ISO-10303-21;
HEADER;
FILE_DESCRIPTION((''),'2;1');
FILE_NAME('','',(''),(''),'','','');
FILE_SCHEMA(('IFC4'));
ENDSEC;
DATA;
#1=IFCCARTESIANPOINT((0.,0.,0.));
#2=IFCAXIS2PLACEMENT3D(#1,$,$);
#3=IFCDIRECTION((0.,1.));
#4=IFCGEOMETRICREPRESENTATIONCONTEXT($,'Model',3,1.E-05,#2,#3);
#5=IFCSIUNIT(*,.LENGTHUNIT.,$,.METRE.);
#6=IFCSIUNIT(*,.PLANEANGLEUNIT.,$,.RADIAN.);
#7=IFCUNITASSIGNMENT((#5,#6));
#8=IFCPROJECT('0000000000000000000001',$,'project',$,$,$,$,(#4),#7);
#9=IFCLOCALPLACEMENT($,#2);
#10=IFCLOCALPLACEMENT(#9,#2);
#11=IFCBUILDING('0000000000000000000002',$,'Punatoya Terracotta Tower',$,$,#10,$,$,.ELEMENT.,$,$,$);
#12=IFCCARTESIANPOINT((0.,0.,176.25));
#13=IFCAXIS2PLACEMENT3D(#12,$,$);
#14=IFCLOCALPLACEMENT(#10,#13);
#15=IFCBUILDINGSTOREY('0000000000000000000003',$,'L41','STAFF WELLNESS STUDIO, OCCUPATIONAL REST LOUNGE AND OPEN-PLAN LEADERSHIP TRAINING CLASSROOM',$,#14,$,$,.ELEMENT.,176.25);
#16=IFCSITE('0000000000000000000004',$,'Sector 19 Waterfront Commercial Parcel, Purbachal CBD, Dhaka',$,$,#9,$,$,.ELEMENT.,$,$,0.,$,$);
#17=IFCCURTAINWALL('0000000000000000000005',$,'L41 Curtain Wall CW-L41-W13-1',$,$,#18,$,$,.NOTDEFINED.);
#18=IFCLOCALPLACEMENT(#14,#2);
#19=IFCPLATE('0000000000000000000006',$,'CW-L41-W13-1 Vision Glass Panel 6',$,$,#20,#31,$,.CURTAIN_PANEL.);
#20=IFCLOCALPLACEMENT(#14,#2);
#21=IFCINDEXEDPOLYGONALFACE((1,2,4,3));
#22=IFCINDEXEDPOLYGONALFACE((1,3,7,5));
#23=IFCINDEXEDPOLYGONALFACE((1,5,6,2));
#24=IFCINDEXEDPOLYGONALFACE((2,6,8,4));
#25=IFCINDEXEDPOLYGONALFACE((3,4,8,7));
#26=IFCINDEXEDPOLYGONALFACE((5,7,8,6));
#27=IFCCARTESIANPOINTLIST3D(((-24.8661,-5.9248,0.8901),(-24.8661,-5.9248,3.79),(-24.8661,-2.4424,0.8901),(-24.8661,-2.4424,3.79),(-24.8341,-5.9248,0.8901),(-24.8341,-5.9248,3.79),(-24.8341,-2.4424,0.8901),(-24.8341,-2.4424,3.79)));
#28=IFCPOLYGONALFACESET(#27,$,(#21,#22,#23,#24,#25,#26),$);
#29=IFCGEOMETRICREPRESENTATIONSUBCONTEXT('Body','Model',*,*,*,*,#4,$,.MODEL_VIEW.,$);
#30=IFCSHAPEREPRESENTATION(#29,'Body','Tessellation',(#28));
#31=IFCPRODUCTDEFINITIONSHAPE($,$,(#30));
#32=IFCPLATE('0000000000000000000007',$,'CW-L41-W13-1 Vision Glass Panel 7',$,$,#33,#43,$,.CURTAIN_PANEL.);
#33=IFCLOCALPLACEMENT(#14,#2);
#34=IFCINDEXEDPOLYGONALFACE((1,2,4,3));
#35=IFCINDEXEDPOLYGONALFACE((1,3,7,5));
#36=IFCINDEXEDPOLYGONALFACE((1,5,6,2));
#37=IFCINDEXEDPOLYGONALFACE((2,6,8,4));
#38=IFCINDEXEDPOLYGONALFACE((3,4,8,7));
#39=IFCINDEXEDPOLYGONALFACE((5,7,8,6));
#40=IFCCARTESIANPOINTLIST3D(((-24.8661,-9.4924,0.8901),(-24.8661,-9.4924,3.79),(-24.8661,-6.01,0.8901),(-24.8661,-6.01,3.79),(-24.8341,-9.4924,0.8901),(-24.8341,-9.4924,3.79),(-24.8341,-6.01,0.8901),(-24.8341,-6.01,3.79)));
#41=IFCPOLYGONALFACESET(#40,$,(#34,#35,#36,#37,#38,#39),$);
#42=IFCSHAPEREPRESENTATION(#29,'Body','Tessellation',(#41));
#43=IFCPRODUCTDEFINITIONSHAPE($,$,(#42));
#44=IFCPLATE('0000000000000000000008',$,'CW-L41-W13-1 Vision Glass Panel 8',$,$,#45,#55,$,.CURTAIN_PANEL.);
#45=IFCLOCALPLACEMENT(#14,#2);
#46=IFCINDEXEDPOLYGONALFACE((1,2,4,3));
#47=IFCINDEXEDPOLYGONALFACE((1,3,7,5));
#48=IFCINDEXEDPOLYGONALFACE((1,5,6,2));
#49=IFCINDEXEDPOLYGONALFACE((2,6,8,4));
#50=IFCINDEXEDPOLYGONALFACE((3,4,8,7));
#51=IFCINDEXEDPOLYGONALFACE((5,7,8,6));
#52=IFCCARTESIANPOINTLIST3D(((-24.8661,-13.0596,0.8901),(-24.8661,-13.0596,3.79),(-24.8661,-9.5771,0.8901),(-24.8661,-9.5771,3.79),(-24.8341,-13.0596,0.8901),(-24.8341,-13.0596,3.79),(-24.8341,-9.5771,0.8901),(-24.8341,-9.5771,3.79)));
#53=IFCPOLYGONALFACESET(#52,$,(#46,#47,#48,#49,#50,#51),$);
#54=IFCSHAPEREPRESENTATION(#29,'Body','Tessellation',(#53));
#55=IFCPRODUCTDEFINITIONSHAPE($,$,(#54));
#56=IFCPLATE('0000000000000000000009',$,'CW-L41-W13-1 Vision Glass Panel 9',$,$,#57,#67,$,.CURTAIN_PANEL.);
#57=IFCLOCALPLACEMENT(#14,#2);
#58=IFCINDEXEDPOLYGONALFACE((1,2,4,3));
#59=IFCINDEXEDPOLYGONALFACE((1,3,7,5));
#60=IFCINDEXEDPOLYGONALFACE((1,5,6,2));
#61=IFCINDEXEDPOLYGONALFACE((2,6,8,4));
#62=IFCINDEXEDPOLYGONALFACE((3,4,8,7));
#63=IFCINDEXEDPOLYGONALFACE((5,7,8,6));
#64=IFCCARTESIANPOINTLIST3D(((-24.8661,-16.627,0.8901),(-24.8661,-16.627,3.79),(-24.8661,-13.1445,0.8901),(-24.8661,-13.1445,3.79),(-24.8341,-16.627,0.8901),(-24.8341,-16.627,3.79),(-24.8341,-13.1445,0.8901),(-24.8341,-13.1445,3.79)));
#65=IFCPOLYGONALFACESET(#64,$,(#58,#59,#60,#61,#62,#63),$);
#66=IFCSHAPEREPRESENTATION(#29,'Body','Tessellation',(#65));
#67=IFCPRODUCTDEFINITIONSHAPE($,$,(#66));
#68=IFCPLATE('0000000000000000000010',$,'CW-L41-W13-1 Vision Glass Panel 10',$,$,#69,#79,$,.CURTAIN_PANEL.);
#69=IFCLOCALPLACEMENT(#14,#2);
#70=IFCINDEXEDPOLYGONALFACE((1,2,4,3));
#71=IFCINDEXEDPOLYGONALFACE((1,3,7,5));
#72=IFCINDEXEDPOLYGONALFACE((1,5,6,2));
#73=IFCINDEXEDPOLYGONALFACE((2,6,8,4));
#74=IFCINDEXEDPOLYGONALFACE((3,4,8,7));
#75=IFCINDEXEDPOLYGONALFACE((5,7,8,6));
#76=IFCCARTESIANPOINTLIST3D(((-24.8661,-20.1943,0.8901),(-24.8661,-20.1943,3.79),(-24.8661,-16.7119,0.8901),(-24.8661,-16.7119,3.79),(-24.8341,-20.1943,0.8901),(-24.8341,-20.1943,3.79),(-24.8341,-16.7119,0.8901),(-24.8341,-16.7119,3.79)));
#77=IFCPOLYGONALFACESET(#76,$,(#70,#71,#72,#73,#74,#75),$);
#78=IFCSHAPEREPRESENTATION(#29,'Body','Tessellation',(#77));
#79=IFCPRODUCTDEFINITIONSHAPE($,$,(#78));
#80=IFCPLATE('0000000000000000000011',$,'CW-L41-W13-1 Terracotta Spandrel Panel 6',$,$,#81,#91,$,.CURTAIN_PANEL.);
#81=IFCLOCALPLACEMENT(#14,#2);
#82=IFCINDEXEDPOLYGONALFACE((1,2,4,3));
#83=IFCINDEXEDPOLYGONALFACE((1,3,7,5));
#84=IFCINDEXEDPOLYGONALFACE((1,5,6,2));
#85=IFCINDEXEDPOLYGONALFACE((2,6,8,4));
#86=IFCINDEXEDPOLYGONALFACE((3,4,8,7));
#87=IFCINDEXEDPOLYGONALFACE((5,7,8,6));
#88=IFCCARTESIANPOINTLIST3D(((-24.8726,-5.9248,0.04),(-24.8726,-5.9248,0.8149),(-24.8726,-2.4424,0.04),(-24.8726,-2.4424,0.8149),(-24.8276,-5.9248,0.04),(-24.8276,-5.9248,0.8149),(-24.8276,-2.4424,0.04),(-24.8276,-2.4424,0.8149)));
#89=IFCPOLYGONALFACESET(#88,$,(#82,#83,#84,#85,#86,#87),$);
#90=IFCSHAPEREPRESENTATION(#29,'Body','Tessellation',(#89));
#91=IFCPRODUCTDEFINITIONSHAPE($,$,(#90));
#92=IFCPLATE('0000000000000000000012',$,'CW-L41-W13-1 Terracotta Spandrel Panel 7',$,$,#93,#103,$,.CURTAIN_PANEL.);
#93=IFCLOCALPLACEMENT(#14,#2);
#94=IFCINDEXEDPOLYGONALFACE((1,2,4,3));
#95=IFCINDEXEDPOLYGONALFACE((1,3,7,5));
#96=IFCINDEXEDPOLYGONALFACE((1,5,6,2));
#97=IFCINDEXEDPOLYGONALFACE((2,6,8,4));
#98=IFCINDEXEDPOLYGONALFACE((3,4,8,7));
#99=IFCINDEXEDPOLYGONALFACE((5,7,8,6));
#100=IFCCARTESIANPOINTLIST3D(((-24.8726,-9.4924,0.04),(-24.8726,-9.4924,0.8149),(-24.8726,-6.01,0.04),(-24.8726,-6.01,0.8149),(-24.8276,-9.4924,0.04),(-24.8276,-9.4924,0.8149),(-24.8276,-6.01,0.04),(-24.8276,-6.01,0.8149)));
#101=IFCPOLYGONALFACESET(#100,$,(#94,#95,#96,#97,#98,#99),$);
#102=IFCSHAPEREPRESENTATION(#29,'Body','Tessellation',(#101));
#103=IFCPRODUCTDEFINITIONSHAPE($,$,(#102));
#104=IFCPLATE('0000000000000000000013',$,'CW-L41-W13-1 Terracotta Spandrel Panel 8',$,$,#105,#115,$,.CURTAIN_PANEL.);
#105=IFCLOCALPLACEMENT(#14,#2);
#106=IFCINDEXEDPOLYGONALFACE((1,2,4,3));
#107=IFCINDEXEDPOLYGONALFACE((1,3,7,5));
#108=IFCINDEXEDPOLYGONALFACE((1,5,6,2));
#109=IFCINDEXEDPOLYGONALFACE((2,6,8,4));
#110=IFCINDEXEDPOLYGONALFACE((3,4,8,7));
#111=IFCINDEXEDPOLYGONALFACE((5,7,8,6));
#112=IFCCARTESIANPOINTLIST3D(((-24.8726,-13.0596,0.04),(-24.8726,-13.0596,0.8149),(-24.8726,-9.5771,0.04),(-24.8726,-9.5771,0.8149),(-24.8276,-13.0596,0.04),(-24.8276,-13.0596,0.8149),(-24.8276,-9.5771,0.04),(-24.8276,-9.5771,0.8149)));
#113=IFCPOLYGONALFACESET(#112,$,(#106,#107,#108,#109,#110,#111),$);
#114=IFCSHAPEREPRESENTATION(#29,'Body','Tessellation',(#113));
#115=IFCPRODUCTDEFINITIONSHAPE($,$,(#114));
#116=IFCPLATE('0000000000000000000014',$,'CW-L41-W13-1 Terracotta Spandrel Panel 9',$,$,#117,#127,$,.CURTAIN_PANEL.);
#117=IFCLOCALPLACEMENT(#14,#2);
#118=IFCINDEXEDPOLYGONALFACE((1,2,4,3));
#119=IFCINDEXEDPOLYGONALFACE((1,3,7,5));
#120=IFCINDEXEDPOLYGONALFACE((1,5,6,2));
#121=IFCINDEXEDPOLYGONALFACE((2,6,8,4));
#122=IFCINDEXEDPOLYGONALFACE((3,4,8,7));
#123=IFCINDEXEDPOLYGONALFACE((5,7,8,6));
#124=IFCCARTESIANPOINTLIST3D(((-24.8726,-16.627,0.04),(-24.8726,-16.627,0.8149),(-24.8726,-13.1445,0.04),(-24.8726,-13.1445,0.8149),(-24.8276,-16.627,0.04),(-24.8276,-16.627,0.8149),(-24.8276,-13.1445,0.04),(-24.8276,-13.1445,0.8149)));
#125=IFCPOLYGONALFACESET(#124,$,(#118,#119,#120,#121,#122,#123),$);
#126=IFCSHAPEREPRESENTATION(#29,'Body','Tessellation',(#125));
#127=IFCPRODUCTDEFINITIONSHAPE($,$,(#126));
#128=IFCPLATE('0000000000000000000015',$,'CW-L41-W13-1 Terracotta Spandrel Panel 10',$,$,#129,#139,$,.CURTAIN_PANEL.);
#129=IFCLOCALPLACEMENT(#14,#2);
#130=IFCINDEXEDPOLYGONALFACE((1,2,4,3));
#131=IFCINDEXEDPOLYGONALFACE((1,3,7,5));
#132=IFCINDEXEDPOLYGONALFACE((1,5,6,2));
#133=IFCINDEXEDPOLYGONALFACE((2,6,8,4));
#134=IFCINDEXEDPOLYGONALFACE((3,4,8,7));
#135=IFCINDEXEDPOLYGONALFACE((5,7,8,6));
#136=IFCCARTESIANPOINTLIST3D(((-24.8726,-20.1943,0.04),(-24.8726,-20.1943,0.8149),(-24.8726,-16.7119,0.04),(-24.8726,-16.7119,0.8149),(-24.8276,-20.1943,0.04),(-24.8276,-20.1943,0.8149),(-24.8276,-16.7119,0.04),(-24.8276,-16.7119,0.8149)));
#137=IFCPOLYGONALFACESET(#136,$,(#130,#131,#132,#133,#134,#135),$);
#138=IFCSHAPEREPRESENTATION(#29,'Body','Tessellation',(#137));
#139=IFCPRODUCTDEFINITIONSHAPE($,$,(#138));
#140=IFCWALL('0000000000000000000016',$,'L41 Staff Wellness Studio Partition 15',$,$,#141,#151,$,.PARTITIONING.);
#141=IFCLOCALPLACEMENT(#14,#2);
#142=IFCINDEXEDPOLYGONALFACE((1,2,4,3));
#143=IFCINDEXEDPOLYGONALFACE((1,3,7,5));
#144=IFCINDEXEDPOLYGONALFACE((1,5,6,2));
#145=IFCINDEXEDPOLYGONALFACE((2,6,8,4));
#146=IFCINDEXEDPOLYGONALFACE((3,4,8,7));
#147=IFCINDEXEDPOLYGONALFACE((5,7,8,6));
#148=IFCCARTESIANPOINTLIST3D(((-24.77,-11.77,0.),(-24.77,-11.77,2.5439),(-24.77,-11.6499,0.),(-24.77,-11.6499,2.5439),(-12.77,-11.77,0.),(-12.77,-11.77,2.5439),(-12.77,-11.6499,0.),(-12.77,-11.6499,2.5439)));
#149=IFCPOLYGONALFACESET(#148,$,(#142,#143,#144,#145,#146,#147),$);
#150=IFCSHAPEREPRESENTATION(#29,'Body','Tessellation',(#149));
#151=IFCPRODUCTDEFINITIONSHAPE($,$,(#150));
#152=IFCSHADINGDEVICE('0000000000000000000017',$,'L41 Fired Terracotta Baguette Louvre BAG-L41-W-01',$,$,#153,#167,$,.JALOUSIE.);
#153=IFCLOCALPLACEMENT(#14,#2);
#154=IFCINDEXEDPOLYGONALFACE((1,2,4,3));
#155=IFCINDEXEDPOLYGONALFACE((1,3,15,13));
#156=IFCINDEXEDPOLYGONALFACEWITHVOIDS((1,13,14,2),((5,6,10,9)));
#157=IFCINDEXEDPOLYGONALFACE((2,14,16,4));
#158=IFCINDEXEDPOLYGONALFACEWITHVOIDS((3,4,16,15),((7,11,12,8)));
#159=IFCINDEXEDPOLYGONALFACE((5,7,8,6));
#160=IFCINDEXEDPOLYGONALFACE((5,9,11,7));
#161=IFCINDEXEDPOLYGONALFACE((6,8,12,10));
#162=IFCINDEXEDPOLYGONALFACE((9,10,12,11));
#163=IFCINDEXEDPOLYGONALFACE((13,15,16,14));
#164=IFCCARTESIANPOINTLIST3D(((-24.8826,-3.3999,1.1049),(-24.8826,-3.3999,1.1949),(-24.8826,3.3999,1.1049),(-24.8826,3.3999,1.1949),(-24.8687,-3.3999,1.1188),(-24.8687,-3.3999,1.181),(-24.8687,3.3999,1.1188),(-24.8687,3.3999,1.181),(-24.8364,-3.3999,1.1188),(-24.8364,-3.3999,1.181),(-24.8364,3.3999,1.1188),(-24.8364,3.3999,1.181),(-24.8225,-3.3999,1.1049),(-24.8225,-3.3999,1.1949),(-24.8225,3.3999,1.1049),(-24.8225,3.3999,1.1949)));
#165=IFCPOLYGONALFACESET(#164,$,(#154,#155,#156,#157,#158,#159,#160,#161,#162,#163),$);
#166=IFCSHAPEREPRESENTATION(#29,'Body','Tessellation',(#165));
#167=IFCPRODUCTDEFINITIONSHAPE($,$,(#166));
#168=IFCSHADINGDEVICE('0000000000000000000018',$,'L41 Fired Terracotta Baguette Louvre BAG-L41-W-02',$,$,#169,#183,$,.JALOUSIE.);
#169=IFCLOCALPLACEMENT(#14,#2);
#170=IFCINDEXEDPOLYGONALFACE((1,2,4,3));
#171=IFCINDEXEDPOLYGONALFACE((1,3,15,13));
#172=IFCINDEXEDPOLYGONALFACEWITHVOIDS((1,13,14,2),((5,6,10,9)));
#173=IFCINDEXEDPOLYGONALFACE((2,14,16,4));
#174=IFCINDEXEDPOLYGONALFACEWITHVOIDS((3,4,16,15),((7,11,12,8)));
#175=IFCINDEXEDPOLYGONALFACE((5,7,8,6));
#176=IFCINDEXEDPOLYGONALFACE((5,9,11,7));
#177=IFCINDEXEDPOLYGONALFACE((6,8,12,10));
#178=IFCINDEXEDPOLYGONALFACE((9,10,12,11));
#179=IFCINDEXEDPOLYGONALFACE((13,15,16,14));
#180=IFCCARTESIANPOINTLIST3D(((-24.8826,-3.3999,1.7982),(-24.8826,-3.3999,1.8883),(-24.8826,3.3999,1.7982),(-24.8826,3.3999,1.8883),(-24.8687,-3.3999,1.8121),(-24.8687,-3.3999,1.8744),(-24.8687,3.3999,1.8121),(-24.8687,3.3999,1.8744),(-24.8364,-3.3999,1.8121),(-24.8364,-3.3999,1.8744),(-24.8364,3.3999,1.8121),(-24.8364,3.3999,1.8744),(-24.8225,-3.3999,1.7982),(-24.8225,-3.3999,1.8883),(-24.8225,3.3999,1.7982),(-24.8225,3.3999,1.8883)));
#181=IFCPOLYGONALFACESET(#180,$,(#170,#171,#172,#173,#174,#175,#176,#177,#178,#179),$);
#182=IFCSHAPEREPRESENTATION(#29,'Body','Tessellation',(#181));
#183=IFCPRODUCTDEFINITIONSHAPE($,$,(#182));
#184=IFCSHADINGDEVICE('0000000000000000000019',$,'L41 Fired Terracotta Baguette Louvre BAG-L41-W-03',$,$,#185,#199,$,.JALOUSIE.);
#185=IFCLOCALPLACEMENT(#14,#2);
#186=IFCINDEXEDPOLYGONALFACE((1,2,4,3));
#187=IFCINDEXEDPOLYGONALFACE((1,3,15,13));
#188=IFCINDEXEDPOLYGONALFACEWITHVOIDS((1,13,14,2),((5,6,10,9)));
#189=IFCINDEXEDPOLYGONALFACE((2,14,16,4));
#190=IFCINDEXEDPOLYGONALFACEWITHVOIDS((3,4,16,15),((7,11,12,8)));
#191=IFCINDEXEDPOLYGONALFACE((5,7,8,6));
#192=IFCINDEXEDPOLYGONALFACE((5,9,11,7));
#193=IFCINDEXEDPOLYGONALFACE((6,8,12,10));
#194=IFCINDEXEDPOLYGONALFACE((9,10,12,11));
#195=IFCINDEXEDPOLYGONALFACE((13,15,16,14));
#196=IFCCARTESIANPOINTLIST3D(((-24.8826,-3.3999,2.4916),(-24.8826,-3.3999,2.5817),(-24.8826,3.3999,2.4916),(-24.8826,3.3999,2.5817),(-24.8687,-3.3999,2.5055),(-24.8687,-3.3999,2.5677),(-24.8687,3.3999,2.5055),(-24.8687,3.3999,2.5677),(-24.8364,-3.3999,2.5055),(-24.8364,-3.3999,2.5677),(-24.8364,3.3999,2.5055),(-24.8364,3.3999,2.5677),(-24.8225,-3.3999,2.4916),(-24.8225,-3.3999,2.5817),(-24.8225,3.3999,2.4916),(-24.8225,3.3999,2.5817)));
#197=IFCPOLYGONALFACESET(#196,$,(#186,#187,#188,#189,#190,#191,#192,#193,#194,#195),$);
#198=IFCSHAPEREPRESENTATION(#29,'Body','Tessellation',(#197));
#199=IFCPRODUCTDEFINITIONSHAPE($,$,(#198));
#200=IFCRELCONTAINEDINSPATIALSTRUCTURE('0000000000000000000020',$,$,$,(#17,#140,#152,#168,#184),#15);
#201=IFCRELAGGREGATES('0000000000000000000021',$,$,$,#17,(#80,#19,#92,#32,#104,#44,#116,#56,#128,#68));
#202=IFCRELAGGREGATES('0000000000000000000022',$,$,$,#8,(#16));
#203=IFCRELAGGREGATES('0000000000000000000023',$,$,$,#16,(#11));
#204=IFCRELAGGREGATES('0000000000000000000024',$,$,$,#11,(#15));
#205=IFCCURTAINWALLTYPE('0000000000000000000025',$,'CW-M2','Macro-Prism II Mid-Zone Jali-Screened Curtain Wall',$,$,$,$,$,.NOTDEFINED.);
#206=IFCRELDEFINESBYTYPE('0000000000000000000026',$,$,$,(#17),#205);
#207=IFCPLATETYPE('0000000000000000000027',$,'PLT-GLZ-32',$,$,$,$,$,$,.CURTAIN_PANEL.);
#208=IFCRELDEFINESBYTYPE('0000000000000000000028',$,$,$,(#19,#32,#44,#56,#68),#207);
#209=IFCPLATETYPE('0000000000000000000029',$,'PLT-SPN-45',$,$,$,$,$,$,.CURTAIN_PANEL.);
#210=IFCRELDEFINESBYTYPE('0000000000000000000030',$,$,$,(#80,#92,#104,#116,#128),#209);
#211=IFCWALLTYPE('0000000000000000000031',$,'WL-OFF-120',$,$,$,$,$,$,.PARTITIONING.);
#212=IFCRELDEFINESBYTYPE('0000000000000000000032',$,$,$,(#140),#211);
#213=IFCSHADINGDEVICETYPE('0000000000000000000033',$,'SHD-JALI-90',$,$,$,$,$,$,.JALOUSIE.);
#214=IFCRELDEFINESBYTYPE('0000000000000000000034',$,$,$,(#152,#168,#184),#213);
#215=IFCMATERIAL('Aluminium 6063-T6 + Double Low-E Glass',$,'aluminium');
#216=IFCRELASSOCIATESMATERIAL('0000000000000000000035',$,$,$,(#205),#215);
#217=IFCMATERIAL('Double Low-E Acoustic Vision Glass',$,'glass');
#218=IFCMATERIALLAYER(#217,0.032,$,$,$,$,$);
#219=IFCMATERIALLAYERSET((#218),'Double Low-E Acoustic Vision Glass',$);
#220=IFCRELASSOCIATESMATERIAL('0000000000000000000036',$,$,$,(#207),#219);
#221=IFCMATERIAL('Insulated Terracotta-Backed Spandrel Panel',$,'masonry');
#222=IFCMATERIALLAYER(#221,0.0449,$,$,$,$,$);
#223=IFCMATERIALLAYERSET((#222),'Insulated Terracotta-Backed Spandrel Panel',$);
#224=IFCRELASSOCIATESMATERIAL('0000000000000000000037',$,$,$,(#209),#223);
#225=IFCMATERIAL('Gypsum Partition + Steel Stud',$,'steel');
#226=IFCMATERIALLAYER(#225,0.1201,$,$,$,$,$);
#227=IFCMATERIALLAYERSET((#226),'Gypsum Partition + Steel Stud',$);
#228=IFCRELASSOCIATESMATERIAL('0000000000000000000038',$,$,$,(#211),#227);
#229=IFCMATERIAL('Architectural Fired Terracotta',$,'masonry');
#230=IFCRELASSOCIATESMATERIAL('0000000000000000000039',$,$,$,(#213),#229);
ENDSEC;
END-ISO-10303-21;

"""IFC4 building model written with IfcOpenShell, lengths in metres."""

from ifc_helpers import new_model, si_unit, direction, frame, frame_2d, origin, origin_2d, place, context, subcontext, project, spatial, rectangle, hollow_rectangle, extrude, material, layer, layer_set, material_profile, profile_set, type_object, element, aggregate, save


model = new_model("IFC4")

# Units and contexts
model_context = context("Model", 3, precision=1e-05, world=origin(), true_north=direction((0.0, 1.0)))
body_context = subcontext(model_context, "Body", "Model", "MODEL_VIEW")
ifc_project = project(units=[si_unit("LENGTHUNIT", "METRE"), si_unit("PLANEANGLEUNIT", "RADIAN")], contexts=[model_context])

# Site, building, storey
site_placement = place(None, origin())
site = spatial("IfcSite", under=ifc_project, at=site_placement, Name="Sector 19 Waterfront Commercial Parcel, Purbachal CBD, Dhaka", CompositionType="ELEMENT", RefElevation=0.0)
building_placement = place(site_placement, origin())
building = spatial("IfcBuilding", under=site, at=building_placement, Name="Punatoya Terracotta Tower", CompositionType="ELEMENT")
storey_placement = place(building_placement, frame((0.0, 0.0, 176.25)))
storey = spatial("IfcBuildingStorey", under=building, at=storey_placement, Name="L41", Description="STAFF WELLNESS STUDIO, OCCUPATIONAL REST LOUNGE AND OPEN-PLAN LEADERSHIP TRAINING CLASSROOM", CompositionType="ELEMENT", Elevation=176.25)

# Curtain wall, plates
ifc_material_1 = material(Name="Aluminium 6063-T6 + Double Low-E Glass", Category="aluminium")
curtain_wall_type = type_object("IfcCurtainWallType", Name="CW-M2", Description="Macro-Prism II Mid-Zone Jali-Screened Curtain Wall", PredefinedType="NOTDEFINED", material=ifc_material_1)
curtain_wall_placement = place(storey_placement, origin())
curtain_wall = element("IfcCurtainWall", 1, at=curtain_wall_placement, inside=storey, type_object=curtain_wall_type, Name="L41 Curtain Wall CW-L41-W13-1", PredefinedType="NOTDEFINED")
ifc_material_2 = material(Name="Double Low-E Acoustic Vision Glass", Category="glass")
ifc_layer_1 = layer(ifc_material_2, 0.032)
ifc_layer_set_1 = layer_set([ifc_layer_1], Name="Double Low-E Acoustic Vision Glass")
plate_type_1 = type_object("IfcPlateType", Name="PLT-GLZ-32", PredefinedType="CURTAIN_PANEL", material=ifc_layer_set_1)
plate_1_placement = place(storey_placement, frame((-24.8501, -4.1836, 0.8901), z_axis=(0.0, 0.0, 1.0), x_axis=(0.0, -1.0, 0.0)))
plate_1 = element("IfcPlate", 2, at=plate_1_placement, type_object=plate_type_1, Name="CW-L41-W13-1 Vision Glass Panel 6", PredefinedType="CURTAIN_PANEL", context=body_context, shape_type="SweptSolid", body=[
    extrude(rectangle(XDim=3.4824, YDim=0.032, at=origin_2d()), origin(), (0.0, 0.0, 1.0), 2.8999),
])
plate_2_placement = place(storey_placement, frame((-24.8501, -7.7512, 0.8901), z_axis=(0.0, 0.0, 1.0), x_axis=(0.0, -1.0, 0.0)))
plate_2 = element("IfcPlate", 3, at=plate_2_placement, type_object=plate_type_1, Name="CW-L41-W13-1 Vision Glass Panel 7", PredefinedType="CURTAIN_PANEL", context=body_context, shape_type="SweptSolid", body=[
    extrude(rectangle(XDim=3.4824, YDim=0.032, at=origin_2d()), origin(), (0.0, 0.0, 1.0), 2.8999),
])
plate_3_placement = place(storey_placement, frame((-24.8501, -11.3184, 0.8901), z_axis=(0.0, 0.0, 1.0), x_axis=(0.0, -1.0, 0.0)))
plate_3 = element("IfcPlate", 4, at=plate_3_placement, type_object=plate_type_1, Name="CW-L41-W13-1 Vision Glass Panel 8", PredefinedType="CURTAIN_PANEL", context=body_context, shape_type="SweptSolid", body=[
    extrude(rectangle(XDim=3.4824, YDim=0.032, at=origin_2d()), origin(), (0.0, 0.0, 1.0), 2.8999),
])
plate_4_placement = place(storey_placement, frame((-24.8501, -14.8857, 0.8901), z_axis=(0.0, 0.0, 1.0), x_axis=(0.0, -1.0, 0.0)))
plate_4 = element("IfcPlate", 5, at=plate_4_placement, type_object=plate_type_1, Name="CW-L41-W13-1 Vision Glass Panel 9", PredefinedType="CURTAIN_PANEL", context=body_context, shape_type="SweptSolid", body=[
    extrude(rectangle(XDim=3.4824, YDim=0.032, at=origin_2d()), origin(), (0.0, 0.0, 1.0), 2.8999),
])
plate_5_placement = place(storey_placement, frame((-24.8501, -18.4531, 0.8901), z_axis=(0.0, 0.0, 1.0), x_axis=(0.0, -1.0, 0.0)))
plate_5 = element("IfcPlate", 6, at=plate_5_placement, type_object=plate_type_1, Name="CW-L41-W13-1 Vision Glass Panel 10", PredefinedType="CURTAIN_PANEL", context=body_context, shape_type="SweptSolid", body=[
    extrude(rectangle(XDim=3.4824, YDim=0.032, at=origin_2d()), origin(), (0.0, 0.0, 1.0), 2.8999),
])
ifc_material_3 = material(Name="Insulated Terracotta-Backed Spandrel Panel", Category="masonry")
ifc_layer_2 = layer(ifc_material_3, 0.0449)
ifc_layer_set_2 = layer_set([ifc_layer_2], Name="Insulated Terracotta-Backed Spandrel Panel")
plate_type_2 = type_object("IfcPlateType", Name="PLT-SPN-45", PredefinedType="CURTAIN_PANEL", material=ifc_layer_set_2)
plate_6_placement = place(storey_placement, frame((-24.8501, -4.1836, 0.04), z_axis=(0.0, 0.0, 1.0), x_axis=(0.0, -1.0, 0.0)))
plate_6 = element("IfcPlate", 7, at=plate_6_placement, type_object=plate_type_2, Name="CW-L41-W13-1 Terracotta Spandrel Panel 6", PredefinedType="CURTAIN_PANEL", context=body_context, shape_type="SweptSolid", body=[
    extrude(rectangle(XDim=3.4824, YDim=0.0449, at=origin_2d()), origin(), (0.0, 0.0, 1.0), 0.7749),
])
plate_7_placement = place(storey_placement, frame((-24.8501, -7.7512, 0.04), z_axis=(0.0, 0.0, 1.0), x_axis=(0.0, -1.0, 0.0)))
plate_7 = element("IfcPlate", 8, at=plate_7_placement, type_object=plate_type_2, Name="CW-L41-W13-1 Terracotta Spandrel Panel 7", PredefinedType="CURTAIN_PANEL", context=body_context, shape_type="SweptSolid", body=[
    extrude(rectangle(XDim=3.4824, YDim=0.0449, at=origin_2d()), origin(), (0.0, 0.0, 1.0), 0.7749),
])
plate_8_placement = place(storey_placement, frame((-24.8501, -11.3184, 0.04), z_axis=(0.0, 0.0, 1.0), x_axis=(0.0, -1.0, 0.0)))
plate_8 = element("IfcPlate", 9, at=plate_8_placement, type_object=plate_type_2, Name="CW-L41-W13-1 Terracotta Spandrel Panel 8", PredefinedType="CURTAIN_PANEL", context=body_context, shape_type="SweptSolid", body=[
    extrude(rectangle(XDim=3.4824, YDim=0.0449, at=origin_2d()), origin(), (0.0, 0.0, 1.0), 0.7749),
])
plate_9_placement = place(storey_placement, frame((-24.8501, -14.8857, 0.04), z_axis=(0.0, 0.0, 1.0), x_axis=(0.0, -1.0, 0.0)))
plate_9 = element("IfcPlate", 10, at=plate_9_placement, type_object=plate_type_2, Name="CW-L41-W13-1 Terracotta Spandrel Panel 9", PredefinedType="CURTAIN_PANEL", context=body_context, shape_type="SweptSolid", body=[
    extrude(rectangle(XDim=3.4824, YDim=0.0449, at=origin_2d()), origin(), (0.0, 0.0, 1.0), 0.7749),
])
plate_10_placement = place(storey_placement, frame((-24.8501, -18.4531, 0.04), z_axis=(0.0, 0.0, 1.0), x_axis=(0.0, -1.0, 0.0)))
plate_10 = element("IfcPlate", 11, at=plate_10_placement, type_object=plate_type_2, Name="CW-L41-W13-1 Terracotta Spandrel Panel 10", PredefinedType="CURTAIN_PANEL", context=body_context, shape_type="SweptSolid", body=[
    extrude(rectangle(XDim=3.4824, YDim=0.0449, at=origin_2d()), origin(), (0.0, 0.0, 1.0), 0.7749),
])
aggregate(curtain_wall, [plate_6, plate_1, plate_7, plate_2, plate_8, plate_3, plate_9, plate_4, plate_10, plate_5])

# Wall
ifc_material_4 = material(Name="Gypsum Partition + Steel Stud", Category="steel")
ifc_layer_3 = layer(ifc_material_4, 0.1201)
ifc_layer_set_3 = layer_set([ifc_layer_3], Name="Gypsum Partition + Steel Stud")
wall_type = type_object("IfcWallType", Name="WL-OFF-120", PredefinedType="PARTITIONING", material=ifc_layer_set_3)
wall_placement = place(storey_placement, frame((-24.77, -11.71, 0.0), z_axis=(0.0, 0.0, 1.0), x_axis=(1.0, 0.0, 0.0)))
element("IfcWall", 12, at=wall_placement, inside=storey, type_object=wall_type, Name="L41 Staff Wellness Studio Partition 15", PredefinedType="PARTITIONING", context=body_context, shape_type="SweptSolid", body=[
    extrude(rectangle(XDim=12.0, YDim=0.1201, at=frame_2d((6.0, 0.0))), origin(), (0.0, 0.0, 1.0), 2.5439),
])

# Shading devices
ifc_material_5 = material(Name="Architectural Fired Terracotta", Category="masonry")
ifc_material_profile_1 = material_profile(ifc_material_5, hollow_rectangle(XDim=0.0601, YDim=0.0901, WallThickness=0.0139, at=origin_2d()))
ifc_profile_set_1 = profile_set([ifc_material_profile_1], Name="Architectural Fired Terracotta")
shading_device_type = type_object("IfcShadingDeviceType", Name="SHD-JALI-90", PredefinedType="JALOUSIE", material=ifc_profile_set_1)
for number, where, z_axis, x_axis, name in (
    (13, (-24.8525, -3.3999, 1.1499), (0.0, 1.0, 0.0), (-1.0, 0.0, 0.0), "L41 Fired Terracotta Baguette Louvre BAG-L41-W-01"),
    (14, (-24.8525, -3.3999, 1.8433), (0.0, 1.0, 0.0), (-1.0, 0.0, 0.0), "L41 Fired Terracotta Baguette Louvre BAG-L41-W-02"),
    (15, (-24.8525, -3.3999, 2.5366), (0.0, 1.0, 0.0), (-1.0, 0.0, 0.0), "L41 Fired Terracotta Baguette Louvre BAG-L41-W-03"),
):
    element("IfcShadingDevice", number, at=place(storey_placement, frame(where, z_axis=z_axis, x_axis=x_axis)), inside=storey, type_object=shading_device_type, Name=name, PredefinedType="JALOUSIE", context=body_context, shape_type="SweptSolid", body=[
        extrude(hollow_rectangle(XDim=0.0601, YDim=0.0901, WallThickness=0.0139, at=origin_2d()), origin(), (0.0, 0.0, 1.0), 6.7998),
    ])

save(model, "model.ifc")
